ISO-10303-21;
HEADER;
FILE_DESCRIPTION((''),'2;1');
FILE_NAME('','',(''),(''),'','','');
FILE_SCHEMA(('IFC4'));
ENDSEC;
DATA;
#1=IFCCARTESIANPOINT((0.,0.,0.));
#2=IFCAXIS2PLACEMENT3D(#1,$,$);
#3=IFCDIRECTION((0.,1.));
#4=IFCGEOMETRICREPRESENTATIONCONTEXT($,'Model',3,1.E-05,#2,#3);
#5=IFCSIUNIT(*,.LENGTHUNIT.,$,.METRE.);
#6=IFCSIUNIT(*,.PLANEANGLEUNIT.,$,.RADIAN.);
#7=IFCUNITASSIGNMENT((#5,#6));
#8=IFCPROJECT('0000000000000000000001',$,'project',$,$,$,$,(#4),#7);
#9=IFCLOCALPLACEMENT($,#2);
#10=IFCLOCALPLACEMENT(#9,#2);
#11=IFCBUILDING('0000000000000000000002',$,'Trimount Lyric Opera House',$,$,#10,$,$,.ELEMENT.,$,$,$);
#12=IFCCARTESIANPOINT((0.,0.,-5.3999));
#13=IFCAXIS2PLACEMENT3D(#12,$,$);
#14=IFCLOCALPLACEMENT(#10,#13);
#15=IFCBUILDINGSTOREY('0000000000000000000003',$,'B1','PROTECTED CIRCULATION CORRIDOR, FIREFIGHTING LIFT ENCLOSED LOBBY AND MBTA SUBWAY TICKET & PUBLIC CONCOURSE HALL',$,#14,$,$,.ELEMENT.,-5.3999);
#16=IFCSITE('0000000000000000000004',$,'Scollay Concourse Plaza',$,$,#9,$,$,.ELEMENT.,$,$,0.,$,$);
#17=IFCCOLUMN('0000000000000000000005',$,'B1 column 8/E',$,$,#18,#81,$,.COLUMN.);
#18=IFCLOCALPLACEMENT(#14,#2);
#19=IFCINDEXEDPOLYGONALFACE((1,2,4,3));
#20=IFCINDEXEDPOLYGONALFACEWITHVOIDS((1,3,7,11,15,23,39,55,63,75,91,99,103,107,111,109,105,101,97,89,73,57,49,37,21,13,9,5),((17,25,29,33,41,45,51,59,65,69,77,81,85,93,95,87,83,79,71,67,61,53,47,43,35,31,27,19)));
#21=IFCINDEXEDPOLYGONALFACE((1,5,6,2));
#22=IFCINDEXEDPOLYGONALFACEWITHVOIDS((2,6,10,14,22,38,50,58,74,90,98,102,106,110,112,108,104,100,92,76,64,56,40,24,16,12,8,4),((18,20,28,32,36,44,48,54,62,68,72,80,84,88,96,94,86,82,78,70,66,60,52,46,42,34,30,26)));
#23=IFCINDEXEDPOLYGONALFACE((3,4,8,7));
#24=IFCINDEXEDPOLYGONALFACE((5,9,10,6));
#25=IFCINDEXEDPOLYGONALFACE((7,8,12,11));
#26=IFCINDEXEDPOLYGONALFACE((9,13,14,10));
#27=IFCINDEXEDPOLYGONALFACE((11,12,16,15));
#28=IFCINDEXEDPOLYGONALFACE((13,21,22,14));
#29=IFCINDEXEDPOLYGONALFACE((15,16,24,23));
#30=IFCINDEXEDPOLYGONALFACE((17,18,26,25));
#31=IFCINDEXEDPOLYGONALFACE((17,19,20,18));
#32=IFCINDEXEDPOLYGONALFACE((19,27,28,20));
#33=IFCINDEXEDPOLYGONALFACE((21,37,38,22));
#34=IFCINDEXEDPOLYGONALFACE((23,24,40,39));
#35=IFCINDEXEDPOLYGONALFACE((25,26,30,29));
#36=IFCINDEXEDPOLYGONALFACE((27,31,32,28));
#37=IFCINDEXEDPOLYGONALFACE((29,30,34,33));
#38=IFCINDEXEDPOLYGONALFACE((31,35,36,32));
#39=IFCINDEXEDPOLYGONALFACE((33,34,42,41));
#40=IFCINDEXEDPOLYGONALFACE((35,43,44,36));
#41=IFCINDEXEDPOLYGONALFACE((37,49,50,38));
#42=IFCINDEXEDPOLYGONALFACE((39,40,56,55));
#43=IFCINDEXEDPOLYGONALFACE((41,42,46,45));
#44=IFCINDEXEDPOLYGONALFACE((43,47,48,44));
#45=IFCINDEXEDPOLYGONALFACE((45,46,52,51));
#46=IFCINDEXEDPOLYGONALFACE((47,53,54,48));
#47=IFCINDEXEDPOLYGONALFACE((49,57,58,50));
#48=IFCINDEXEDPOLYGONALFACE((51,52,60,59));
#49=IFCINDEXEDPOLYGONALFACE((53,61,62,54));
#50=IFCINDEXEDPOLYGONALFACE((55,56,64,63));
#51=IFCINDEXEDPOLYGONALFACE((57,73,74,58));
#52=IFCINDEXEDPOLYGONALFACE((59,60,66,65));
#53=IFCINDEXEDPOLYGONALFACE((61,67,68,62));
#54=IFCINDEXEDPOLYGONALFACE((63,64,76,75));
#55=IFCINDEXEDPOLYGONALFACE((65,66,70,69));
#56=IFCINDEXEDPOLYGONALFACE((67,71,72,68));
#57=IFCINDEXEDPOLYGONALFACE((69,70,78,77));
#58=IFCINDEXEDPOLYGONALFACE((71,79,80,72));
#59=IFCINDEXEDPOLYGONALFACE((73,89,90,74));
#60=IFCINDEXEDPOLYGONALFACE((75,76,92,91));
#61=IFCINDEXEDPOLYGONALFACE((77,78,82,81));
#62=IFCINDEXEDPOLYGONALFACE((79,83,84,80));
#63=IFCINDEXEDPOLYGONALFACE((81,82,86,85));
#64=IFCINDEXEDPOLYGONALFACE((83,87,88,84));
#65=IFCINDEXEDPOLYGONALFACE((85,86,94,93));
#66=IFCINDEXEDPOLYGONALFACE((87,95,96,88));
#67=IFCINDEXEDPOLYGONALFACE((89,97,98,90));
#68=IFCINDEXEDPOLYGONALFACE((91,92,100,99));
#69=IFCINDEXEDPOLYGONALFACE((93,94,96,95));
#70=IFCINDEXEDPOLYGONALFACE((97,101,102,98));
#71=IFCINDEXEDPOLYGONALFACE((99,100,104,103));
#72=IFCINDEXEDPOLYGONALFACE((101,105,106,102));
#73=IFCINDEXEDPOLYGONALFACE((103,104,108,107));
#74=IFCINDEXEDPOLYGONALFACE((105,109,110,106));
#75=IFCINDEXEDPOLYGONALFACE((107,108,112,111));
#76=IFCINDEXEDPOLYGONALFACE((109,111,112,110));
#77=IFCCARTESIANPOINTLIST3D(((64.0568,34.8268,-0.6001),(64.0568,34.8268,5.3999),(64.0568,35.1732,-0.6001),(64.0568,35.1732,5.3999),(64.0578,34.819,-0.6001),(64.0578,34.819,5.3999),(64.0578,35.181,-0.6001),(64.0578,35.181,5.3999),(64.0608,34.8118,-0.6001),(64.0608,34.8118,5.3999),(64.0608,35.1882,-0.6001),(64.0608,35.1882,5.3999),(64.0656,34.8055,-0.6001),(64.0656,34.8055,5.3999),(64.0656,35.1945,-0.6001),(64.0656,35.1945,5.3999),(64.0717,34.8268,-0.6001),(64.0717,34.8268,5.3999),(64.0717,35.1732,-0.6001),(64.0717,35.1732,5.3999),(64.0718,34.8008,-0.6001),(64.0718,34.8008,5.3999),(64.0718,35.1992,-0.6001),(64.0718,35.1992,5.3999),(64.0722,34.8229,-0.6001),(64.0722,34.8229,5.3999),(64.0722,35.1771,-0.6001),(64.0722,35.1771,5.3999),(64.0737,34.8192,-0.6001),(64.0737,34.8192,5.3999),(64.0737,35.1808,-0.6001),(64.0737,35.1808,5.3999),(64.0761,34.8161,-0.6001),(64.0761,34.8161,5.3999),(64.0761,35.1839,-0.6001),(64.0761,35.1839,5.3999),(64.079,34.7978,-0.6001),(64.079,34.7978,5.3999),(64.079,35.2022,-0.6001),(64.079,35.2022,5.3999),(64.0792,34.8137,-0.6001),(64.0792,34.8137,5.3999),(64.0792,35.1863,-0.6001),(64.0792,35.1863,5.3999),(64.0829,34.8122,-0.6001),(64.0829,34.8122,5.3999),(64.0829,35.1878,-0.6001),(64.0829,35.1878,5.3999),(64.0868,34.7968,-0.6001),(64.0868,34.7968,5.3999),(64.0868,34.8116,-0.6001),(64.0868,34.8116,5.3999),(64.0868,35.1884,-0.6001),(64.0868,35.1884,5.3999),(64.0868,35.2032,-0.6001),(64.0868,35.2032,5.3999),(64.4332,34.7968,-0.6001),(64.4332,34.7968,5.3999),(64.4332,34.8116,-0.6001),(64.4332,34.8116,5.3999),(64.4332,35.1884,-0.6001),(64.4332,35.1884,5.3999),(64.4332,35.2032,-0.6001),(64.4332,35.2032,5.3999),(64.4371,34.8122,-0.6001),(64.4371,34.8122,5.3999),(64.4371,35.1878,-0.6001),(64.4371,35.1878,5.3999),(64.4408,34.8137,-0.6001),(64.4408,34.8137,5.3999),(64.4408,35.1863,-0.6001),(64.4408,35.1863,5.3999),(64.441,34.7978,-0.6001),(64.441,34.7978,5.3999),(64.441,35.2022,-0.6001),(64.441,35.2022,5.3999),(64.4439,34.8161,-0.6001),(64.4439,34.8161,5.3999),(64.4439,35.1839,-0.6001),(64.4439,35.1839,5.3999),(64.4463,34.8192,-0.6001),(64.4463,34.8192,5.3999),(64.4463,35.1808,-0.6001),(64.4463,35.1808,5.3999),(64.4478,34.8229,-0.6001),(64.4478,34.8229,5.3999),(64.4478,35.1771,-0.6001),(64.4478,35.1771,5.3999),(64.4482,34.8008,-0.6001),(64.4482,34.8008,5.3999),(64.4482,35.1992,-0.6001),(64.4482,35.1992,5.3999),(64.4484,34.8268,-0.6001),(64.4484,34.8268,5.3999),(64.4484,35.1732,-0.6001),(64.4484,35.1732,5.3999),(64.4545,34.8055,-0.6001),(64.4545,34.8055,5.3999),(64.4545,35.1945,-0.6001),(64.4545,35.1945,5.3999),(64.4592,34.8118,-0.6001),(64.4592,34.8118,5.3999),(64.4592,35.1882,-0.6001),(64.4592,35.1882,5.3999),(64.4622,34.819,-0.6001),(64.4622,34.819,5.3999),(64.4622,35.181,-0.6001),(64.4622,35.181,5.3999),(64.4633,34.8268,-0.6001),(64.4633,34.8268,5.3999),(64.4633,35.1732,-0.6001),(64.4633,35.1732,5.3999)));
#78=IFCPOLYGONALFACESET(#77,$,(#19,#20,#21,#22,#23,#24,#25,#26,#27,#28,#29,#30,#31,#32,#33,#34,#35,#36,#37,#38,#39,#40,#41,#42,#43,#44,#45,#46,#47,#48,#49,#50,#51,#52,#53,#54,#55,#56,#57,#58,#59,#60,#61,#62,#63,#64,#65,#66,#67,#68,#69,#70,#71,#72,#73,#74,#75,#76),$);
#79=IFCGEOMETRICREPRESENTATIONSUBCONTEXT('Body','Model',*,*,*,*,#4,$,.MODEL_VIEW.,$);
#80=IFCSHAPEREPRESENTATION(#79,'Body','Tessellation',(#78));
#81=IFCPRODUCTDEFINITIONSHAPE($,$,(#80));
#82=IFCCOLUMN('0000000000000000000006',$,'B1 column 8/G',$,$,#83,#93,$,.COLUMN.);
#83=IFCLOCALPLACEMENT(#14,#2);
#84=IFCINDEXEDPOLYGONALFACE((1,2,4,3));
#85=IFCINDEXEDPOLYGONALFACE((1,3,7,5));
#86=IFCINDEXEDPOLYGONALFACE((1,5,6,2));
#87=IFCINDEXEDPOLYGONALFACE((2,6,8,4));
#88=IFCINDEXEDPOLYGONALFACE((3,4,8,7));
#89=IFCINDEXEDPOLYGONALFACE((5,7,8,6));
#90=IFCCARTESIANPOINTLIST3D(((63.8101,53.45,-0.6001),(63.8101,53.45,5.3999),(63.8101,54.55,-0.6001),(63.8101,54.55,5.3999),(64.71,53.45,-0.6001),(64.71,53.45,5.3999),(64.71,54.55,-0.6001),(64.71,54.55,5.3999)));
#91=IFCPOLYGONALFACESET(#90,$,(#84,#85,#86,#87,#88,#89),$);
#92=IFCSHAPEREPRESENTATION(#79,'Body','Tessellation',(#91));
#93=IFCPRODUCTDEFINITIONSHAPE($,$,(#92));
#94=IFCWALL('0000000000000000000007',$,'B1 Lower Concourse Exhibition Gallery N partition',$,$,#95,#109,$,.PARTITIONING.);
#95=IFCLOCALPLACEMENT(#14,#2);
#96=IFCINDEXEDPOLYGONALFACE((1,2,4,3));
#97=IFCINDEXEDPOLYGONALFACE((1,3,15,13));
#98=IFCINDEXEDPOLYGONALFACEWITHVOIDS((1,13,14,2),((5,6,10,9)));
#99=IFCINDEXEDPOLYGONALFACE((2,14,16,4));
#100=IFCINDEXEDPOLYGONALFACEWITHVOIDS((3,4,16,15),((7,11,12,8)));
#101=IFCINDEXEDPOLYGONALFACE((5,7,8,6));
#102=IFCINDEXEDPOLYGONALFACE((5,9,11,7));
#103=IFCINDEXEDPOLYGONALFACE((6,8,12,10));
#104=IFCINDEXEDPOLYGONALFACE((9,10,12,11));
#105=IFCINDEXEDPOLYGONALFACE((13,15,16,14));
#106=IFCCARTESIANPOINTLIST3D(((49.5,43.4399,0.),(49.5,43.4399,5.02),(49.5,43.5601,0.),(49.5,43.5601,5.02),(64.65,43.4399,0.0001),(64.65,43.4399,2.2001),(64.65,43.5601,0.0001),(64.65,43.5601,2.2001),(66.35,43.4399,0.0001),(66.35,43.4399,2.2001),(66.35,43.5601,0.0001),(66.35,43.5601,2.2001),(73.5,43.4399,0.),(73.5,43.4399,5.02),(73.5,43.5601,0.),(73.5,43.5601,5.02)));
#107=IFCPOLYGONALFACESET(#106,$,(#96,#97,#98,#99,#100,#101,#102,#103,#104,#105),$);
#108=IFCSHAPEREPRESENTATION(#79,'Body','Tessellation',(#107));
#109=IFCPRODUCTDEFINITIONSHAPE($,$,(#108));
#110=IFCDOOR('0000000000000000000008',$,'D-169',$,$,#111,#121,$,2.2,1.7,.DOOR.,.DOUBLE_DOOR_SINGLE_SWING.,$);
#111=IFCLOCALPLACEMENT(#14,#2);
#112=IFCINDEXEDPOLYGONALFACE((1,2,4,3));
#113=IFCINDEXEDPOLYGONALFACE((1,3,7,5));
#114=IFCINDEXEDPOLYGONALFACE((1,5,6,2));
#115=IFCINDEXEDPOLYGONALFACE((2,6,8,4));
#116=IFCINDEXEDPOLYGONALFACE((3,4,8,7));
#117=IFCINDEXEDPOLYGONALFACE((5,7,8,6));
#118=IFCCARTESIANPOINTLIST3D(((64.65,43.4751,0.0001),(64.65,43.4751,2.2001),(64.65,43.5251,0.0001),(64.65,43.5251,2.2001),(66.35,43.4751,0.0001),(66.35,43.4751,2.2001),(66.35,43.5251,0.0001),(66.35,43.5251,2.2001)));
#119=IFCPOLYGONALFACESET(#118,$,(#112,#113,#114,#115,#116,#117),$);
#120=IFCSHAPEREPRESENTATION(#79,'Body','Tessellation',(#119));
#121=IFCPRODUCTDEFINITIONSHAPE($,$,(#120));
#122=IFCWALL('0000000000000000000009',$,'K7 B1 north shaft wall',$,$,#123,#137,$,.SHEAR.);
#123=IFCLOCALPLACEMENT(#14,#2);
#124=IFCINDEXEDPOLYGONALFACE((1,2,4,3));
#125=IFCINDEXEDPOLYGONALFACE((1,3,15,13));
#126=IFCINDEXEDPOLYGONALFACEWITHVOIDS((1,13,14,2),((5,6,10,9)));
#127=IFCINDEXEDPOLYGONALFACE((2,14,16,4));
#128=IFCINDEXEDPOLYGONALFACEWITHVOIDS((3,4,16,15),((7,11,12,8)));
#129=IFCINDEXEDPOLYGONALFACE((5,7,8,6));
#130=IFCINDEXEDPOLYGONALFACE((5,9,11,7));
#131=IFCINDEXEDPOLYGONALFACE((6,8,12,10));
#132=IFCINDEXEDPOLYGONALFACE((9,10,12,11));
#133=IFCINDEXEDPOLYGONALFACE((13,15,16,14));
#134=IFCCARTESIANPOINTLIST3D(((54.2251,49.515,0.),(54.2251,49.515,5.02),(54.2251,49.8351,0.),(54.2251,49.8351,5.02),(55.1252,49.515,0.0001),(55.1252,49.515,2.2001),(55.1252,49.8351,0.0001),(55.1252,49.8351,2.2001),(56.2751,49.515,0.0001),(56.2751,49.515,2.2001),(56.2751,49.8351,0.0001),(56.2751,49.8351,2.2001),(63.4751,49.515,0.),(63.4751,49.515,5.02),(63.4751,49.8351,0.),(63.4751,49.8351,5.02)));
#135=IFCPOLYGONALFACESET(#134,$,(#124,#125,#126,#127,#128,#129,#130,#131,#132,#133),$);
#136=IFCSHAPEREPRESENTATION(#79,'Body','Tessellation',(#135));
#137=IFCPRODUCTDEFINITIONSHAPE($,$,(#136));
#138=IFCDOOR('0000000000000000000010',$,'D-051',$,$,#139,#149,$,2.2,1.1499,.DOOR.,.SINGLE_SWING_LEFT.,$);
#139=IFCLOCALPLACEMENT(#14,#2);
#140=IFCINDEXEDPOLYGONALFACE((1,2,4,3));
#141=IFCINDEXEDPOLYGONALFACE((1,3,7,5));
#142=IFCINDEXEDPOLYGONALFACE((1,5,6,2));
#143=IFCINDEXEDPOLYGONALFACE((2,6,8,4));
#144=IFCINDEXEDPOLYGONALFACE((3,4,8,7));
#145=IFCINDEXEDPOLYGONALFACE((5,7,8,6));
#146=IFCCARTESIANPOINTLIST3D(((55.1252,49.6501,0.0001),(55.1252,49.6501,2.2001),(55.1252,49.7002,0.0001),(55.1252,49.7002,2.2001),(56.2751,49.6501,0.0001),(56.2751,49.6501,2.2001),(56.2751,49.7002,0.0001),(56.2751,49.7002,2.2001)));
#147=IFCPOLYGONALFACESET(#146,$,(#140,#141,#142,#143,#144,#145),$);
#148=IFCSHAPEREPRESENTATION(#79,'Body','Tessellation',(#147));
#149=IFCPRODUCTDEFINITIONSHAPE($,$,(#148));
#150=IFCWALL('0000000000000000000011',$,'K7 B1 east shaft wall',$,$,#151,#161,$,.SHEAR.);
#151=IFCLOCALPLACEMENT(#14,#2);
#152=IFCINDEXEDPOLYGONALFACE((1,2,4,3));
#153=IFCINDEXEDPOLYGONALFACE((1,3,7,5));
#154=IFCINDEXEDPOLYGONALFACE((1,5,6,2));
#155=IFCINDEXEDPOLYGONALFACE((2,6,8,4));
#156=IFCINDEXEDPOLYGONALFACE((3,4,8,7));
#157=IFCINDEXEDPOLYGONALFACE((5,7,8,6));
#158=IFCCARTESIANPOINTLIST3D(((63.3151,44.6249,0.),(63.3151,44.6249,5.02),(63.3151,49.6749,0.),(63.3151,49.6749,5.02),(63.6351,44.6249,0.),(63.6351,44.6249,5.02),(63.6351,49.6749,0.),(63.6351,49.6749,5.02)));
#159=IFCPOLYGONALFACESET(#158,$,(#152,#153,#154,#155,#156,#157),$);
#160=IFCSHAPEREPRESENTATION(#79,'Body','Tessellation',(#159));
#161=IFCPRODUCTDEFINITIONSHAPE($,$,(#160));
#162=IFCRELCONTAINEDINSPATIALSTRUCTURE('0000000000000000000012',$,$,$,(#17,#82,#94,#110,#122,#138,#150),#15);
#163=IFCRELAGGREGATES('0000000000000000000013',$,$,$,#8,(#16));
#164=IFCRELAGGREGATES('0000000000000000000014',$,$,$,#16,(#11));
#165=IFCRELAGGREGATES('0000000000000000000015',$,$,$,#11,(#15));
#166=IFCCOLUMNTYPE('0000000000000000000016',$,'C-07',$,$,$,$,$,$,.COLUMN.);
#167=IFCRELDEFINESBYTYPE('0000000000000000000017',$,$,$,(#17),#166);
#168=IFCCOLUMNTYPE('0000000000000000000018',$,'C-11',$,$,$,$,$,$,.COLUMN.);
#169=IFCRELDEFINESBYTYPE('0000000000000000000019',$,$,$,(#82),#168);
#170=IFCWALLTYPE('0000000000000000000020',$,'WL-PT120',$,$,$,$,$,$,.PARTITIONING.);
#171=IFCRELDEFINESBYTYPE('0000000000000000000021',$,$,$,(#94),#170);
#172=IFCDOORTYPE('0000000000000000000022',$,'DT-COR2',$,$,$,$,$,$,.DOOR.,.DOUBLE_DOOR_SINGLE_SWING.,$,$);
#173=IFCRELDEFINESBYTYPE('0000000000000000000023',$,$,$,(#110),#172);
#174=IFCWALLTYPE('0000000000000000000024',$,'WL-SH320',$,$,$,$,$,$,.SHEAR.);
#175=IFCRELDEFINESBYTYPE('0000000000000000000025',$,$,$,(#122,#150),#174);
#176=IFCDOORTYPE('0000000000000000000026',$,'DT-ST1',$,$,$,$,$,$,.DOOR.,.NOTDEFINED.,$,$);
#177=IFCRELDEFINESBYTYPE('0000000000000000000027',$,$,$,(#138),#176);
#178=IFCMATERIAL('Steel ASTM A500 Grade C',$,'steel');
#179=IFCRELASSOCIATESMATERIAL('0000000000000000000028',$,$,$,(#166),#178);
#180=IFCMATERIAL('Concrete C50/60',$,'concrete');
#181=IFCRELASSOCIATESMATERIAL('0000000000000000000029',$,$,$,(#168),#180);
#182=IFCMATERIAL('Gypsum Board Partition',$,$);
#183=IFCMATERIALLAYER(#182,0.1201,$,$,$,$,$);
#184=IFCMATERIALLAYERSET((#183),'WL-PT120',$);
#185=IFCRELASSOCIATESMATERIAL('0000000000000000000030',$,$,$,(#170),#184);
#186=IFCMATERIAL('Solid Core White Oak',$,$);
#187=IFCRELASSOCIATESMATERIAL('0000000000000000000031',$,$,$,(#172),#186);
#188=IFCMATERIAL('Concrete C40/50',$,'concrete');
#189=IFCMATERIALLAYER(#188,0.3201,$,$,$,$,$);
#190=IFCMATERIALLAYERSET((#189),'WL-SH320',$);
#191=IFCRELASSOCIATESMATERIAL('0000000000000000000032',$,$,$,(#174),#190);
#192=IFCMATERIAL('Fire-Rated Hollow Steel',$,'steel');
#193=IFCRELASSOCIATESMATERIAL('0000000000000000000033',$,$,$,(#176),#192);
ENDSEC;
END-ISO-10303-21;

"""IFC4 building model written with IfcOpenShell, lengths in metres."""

from ifc_helpers import new_model, si_unit, direction, frame, frame_2d, origin, origin_2d, place, context, subcontext, project, spatial, rectangle, hollow_rectangle, extrude, material, layer, layer_set, material_profile, profile_set, type_object, element, fill, save


model = new_model("IFC4")

# Units and contexts
model_context = context("Model", 3, precision=1e-05, world=origin(), true_north=direction((0.0, 1.0)))
body_context = subcontext(model_context, "Body", "Model", "MODEL_VIEW")
ifc_project = project(units=[si_unit("LENGTHUNIT", "METRE"), si_unit("PLANEANGLEUNIT", "RADIAN")], contexts=[model_context])

# Site, building, storey
site_placement = place(None, origin())
site = spatial("IfcSite", under=ifc_project, at=site_placement, Name="Scollay Concourse Plaza", CompositionType="ELEMENT", RefElevation=0.0)
building_placement = place(site_placement, origin())
building = spatial("IfcBuilding", under=site, at=building_placement, Name="Trimount Lyric Opera House", CompositionType="ELEMENT")
storey_placement = place(building_placement, frame((0.0, 0.0, -5.3999)))
storey = spatial("IfcBuildingStorey", under=building, at=storey_placement, Name="B1", Description="PROTECTED CIRCULATION CORRIDOR, FIREFIGHTING LIFT ENCLOSED LOBBY AND MBTA SUBWAY TICKET & PUBLIC CONCOURSE HALL", CompositionType="ELEMENT", Elevation=-5.3999)

# Columns
ifc_material_1 = material(Name="Steel ASTM A500 Grade C", Category="steel")
ifc_material_profile_1 = material_profile(ifc_material_1, hollow_rectangle(XDim=0.4065, YDim=0.4065, WallThickness=0.0149, InnerFilletRadius=0.0151, OuterFilletRadius=0.03, at=origin_2d()), Name="HSS406.4X406.4X15.9")
ifc_profile_set_1 = profile_set([ifc_material_profile_1], Name="Steel ASTM A500 Grade C")
column_type_1 = type_object("IfcColumnType", Name="C-07", PredefinedType="COLUMN", material=ifc_profile_set_1)
column_1_placement = place(storey_placement, frame((64.26, 35.0, -0.6001), z_axis=(0.0, 0.0, 1.0), x_axis=(1.0, 0.0, 0.0)))
element("IfcColumn", 1, at=column_1_placement, inside=storey, type_object=column_type_1, Name="B1 column 8/E", PredefinedType="COLUMN", context=body_context, shape_type="SweptSolid", body=[
    extrude(hollow_rectangle(XDim=0.4065, YDim=0.4065, WallThickness=0.0149, InnerFilletRadius=0.0151, OuterFilletRadius=0.03, at=origin_2d()), origin(), (0.0, 0.0, 1.0), 6.0),
])
ifc_material_2 = material(Name="Concrete C50/60", Category="concrete")
ifc_material_profile_2 = material_profile(ifc_material_2, rectangle(XDim=0.8999, YDim=1.1001, at=origin_2d()), Name="RC1100X900")
ifc_profile_set_2 = profile_set([ifc_material_profile_2], Name="Concrete C50/60")
column_type_2 = type_object("IfcColumnType", Name="C-11", PredefinedType="COLUMN", material=ifc_profile_set_2)
column_2_placement = place(storey_placement, frame((64.26, 54.0, -0.6001), z_axis=(0.0, 0.0, 1.0), x_axis=(1.0, 0.0, 0.0)))
element("IfcColumn", 2, at=column_2_placement, inside=storey, type_object=column_type_2, Name="B1 column 8/G", PredefinedType="COLUMN", context=body_context, shape_type="SweptSolid", body=[
    extrude(rectangle(XDim=0.8999, YDim=1.1001, at=origin_2d()), origin(), (0.0, 0.0, 1.0), 6.0),
])

# Walls, openings, doors
ifc_material_3 = material(Name="Gypsum Board Partition")
ifc_layer_1 = layer(ifc_material_3, 0.1201)
ifc_layer_set_1 = layer_set([ifc_layer_1], Name="WL-PT120")
wall_type_1 = type_object("IfcWallType", Name="WL-PT120", PredefinedType="PARTITIONING", material=ifc_layer_set_1)
wall_1_placement = place(storey_placement, frame((73.5, 43.5, 0.0), z_axis=(0.0, 0.0, 1.0), x_axis=(-1.0, 0.0, 0.0)))
wall_1 = element("IfcWall", 3, at=wall_1_placement, inside=storey, type_object=wall_type_1, Name="B1 Lower Concourse Exhibition Gallery N partition", PredefinedType="PARTITIONING", context=body_context, shape_type="SweptSolid", body=[
    extrude(rectangle(XDim=24.0, YDim=0.1201, at=frame_2d((12.0, 0.0))), origin(), (0.0, 0.0, 1.0), 5.02),
])
opening_1_placement = place(wall_1_placement, frame((7.1499, 0.0, 0.0)))
opening_1 = element("IfcOpeningElement", 4, at=opening_1_placement, cuts=wall_1, PredefinedType="OPENING", context=body_context, shape_type="SweptSolid", body=[
    extrude(rectangle(XDim=1.7, YDim=2.2, at=frame_2d((0.8501, 1.1001))), frame((0.0, 0.0701, 0.0), z_axis=(0.0, -1.0, 0.0), x_axis=(1.0, 0.0, 0.0)), (0.0, 0.0, 1.0), 0.1401),
])
ifc_material_4 = material(Name="Solid Core White Oak")
door_type_1 = type_object("IfcDoorType", Name="DT-COR2", OperationType="DOUBLE_DOOR_SINGLE_SWING", PredefinedType="DOOR", material=ifc_material_4)
door_1_placement = place(opening_1_placement, origin())
door_1 = element("IfcDoor", 5, at=door_1_placement, inside=storey, type_object=door_type_1, Name="D-169", OperationType="DOUBLE_DOOR_SINGLE_SWING", OverallHeight=2.2, OverallWidth=1.7, PredefinedType="DOOR", context=body_context, shape_type="SweptSolid", body=[
    extrude(rectangle(XDim=1.7, YDim=2.2, at=frame_2d((0.8501, 1.1001))), frame((0.0, 0.0249, 0.0), z_axis=(0.0, -1.0, 0.0), x_axis=(1.0, 0.0, 0.0)), (0.0, 0.0, 1.0), 0.05),
])
fill(opening_1, door_1)
ifc_material_5 = material(Name="Concrete C40/50", Category="concrete")
ifc_layer_2 = layer(ifc_material_5, 0.3201)
ifc_layer_set_2 = layer_set([ifc_layer_2], Name="WL-SH320")
wall_type_2 = type_object("IfcWallType", Name="WL-SH320", PredefinedType="SHEAR", material=ifc_layer_set_2)
wall_2_placement = place(storey_placement, frame((63.4751, 49.675, 0.0), z_axis=(0.0, 0.0, 1.0), x_axis=(-1.0, 0.0, 0.0)))
wall_2 = element("IfcWall", 6, at=wall_2_placement, inside=storey, type_object=wall_type_2, Name="K7 B1 north shaft wall", PredefinedType="SHEAR", context=body_context, shape_type="SweptSolid", body=[
    extrude(rectangle(XDim=9.25, YDim=0.3201, at=frame_2d((4.625, 0.0))), origin(), (0.0, 0.0, 1.0), 5.02),
])
opening_2_placement = place(wall_2_placement, frame((7.2, 0.0, 0.0)))
opening_2 = element("IfcOpeningElement", 7, at=opening_2_placement, cuts=wall_2, PredefinedType="OPENING", context=body_context, shape_type="SweptSolid", body=[
    extrude(rectangle(XDim=1.1499, YDim=2.2, at=frame_2d((0.575, 1.1001))), frame((0.0, 0.1699, 0.0), z_axis=(0.0, -1.0, 0.0), x_axis=(1.0, 0.0, 0.0)), (0.0, 0.0, 1.0), 0.3401),
])
ifc_material_6 = material(Name="Fire-Rated Hollow Steel", Category="steel")
door_type_2 = type_object("IfcDoorType", Name="DT-ST1", OperationType="NOTDEFINED", PredefinedType="DOOR", material=ifc_material_6)
door_2_placement = place(opening_2_placement, origin())
door_2 = element("IfcDoor", 8, at=door_2_placement, inside=storey, type_object=door_type_2, Name="D-051", OperationType="SINGLE_SWING_LEFT", OverallHeight=2.2, OverallWidth=1.1499, PredefinedType="DOOR", context=body_context, shape_type="SweptSolid", body=[
    extrude(rectangle(XDim=1.1499, YDim=2.2, at=frame_2d((0.575, 1.1001))), frame((0.0, 0.0249, 0.0), z_axis=(0.0, -1.0, 0.0), x_axis=(1.0, 0.0, 0.0)), (0.0, 0.0, 1.0), 0.05),
])
fill(opening_2, door_2)

# Wall
wall_3_placement = place(storey_placement, frame((63.4751, 44.625, 0.0), z_axis=(0.0, 0.0, 1.0), x_axis=(0.0, 1.0, 0.0)))
element("IfcWall", 9, at=wall_3_placement, inside=storey, type_object=wall_type_2, Name="K7 B1 east shaft wall", PredefinedType="SHEAR", context=body_context, shape_type="SweptSolid", body=[
    extrude(rectangle(XDim=5.05, YDim=0.3201, at=frame_2d((2.5249, 0.0))), origin(), (0.0, 0.0, 1.0), 5.02),
])

save(model, "model.ifc")
